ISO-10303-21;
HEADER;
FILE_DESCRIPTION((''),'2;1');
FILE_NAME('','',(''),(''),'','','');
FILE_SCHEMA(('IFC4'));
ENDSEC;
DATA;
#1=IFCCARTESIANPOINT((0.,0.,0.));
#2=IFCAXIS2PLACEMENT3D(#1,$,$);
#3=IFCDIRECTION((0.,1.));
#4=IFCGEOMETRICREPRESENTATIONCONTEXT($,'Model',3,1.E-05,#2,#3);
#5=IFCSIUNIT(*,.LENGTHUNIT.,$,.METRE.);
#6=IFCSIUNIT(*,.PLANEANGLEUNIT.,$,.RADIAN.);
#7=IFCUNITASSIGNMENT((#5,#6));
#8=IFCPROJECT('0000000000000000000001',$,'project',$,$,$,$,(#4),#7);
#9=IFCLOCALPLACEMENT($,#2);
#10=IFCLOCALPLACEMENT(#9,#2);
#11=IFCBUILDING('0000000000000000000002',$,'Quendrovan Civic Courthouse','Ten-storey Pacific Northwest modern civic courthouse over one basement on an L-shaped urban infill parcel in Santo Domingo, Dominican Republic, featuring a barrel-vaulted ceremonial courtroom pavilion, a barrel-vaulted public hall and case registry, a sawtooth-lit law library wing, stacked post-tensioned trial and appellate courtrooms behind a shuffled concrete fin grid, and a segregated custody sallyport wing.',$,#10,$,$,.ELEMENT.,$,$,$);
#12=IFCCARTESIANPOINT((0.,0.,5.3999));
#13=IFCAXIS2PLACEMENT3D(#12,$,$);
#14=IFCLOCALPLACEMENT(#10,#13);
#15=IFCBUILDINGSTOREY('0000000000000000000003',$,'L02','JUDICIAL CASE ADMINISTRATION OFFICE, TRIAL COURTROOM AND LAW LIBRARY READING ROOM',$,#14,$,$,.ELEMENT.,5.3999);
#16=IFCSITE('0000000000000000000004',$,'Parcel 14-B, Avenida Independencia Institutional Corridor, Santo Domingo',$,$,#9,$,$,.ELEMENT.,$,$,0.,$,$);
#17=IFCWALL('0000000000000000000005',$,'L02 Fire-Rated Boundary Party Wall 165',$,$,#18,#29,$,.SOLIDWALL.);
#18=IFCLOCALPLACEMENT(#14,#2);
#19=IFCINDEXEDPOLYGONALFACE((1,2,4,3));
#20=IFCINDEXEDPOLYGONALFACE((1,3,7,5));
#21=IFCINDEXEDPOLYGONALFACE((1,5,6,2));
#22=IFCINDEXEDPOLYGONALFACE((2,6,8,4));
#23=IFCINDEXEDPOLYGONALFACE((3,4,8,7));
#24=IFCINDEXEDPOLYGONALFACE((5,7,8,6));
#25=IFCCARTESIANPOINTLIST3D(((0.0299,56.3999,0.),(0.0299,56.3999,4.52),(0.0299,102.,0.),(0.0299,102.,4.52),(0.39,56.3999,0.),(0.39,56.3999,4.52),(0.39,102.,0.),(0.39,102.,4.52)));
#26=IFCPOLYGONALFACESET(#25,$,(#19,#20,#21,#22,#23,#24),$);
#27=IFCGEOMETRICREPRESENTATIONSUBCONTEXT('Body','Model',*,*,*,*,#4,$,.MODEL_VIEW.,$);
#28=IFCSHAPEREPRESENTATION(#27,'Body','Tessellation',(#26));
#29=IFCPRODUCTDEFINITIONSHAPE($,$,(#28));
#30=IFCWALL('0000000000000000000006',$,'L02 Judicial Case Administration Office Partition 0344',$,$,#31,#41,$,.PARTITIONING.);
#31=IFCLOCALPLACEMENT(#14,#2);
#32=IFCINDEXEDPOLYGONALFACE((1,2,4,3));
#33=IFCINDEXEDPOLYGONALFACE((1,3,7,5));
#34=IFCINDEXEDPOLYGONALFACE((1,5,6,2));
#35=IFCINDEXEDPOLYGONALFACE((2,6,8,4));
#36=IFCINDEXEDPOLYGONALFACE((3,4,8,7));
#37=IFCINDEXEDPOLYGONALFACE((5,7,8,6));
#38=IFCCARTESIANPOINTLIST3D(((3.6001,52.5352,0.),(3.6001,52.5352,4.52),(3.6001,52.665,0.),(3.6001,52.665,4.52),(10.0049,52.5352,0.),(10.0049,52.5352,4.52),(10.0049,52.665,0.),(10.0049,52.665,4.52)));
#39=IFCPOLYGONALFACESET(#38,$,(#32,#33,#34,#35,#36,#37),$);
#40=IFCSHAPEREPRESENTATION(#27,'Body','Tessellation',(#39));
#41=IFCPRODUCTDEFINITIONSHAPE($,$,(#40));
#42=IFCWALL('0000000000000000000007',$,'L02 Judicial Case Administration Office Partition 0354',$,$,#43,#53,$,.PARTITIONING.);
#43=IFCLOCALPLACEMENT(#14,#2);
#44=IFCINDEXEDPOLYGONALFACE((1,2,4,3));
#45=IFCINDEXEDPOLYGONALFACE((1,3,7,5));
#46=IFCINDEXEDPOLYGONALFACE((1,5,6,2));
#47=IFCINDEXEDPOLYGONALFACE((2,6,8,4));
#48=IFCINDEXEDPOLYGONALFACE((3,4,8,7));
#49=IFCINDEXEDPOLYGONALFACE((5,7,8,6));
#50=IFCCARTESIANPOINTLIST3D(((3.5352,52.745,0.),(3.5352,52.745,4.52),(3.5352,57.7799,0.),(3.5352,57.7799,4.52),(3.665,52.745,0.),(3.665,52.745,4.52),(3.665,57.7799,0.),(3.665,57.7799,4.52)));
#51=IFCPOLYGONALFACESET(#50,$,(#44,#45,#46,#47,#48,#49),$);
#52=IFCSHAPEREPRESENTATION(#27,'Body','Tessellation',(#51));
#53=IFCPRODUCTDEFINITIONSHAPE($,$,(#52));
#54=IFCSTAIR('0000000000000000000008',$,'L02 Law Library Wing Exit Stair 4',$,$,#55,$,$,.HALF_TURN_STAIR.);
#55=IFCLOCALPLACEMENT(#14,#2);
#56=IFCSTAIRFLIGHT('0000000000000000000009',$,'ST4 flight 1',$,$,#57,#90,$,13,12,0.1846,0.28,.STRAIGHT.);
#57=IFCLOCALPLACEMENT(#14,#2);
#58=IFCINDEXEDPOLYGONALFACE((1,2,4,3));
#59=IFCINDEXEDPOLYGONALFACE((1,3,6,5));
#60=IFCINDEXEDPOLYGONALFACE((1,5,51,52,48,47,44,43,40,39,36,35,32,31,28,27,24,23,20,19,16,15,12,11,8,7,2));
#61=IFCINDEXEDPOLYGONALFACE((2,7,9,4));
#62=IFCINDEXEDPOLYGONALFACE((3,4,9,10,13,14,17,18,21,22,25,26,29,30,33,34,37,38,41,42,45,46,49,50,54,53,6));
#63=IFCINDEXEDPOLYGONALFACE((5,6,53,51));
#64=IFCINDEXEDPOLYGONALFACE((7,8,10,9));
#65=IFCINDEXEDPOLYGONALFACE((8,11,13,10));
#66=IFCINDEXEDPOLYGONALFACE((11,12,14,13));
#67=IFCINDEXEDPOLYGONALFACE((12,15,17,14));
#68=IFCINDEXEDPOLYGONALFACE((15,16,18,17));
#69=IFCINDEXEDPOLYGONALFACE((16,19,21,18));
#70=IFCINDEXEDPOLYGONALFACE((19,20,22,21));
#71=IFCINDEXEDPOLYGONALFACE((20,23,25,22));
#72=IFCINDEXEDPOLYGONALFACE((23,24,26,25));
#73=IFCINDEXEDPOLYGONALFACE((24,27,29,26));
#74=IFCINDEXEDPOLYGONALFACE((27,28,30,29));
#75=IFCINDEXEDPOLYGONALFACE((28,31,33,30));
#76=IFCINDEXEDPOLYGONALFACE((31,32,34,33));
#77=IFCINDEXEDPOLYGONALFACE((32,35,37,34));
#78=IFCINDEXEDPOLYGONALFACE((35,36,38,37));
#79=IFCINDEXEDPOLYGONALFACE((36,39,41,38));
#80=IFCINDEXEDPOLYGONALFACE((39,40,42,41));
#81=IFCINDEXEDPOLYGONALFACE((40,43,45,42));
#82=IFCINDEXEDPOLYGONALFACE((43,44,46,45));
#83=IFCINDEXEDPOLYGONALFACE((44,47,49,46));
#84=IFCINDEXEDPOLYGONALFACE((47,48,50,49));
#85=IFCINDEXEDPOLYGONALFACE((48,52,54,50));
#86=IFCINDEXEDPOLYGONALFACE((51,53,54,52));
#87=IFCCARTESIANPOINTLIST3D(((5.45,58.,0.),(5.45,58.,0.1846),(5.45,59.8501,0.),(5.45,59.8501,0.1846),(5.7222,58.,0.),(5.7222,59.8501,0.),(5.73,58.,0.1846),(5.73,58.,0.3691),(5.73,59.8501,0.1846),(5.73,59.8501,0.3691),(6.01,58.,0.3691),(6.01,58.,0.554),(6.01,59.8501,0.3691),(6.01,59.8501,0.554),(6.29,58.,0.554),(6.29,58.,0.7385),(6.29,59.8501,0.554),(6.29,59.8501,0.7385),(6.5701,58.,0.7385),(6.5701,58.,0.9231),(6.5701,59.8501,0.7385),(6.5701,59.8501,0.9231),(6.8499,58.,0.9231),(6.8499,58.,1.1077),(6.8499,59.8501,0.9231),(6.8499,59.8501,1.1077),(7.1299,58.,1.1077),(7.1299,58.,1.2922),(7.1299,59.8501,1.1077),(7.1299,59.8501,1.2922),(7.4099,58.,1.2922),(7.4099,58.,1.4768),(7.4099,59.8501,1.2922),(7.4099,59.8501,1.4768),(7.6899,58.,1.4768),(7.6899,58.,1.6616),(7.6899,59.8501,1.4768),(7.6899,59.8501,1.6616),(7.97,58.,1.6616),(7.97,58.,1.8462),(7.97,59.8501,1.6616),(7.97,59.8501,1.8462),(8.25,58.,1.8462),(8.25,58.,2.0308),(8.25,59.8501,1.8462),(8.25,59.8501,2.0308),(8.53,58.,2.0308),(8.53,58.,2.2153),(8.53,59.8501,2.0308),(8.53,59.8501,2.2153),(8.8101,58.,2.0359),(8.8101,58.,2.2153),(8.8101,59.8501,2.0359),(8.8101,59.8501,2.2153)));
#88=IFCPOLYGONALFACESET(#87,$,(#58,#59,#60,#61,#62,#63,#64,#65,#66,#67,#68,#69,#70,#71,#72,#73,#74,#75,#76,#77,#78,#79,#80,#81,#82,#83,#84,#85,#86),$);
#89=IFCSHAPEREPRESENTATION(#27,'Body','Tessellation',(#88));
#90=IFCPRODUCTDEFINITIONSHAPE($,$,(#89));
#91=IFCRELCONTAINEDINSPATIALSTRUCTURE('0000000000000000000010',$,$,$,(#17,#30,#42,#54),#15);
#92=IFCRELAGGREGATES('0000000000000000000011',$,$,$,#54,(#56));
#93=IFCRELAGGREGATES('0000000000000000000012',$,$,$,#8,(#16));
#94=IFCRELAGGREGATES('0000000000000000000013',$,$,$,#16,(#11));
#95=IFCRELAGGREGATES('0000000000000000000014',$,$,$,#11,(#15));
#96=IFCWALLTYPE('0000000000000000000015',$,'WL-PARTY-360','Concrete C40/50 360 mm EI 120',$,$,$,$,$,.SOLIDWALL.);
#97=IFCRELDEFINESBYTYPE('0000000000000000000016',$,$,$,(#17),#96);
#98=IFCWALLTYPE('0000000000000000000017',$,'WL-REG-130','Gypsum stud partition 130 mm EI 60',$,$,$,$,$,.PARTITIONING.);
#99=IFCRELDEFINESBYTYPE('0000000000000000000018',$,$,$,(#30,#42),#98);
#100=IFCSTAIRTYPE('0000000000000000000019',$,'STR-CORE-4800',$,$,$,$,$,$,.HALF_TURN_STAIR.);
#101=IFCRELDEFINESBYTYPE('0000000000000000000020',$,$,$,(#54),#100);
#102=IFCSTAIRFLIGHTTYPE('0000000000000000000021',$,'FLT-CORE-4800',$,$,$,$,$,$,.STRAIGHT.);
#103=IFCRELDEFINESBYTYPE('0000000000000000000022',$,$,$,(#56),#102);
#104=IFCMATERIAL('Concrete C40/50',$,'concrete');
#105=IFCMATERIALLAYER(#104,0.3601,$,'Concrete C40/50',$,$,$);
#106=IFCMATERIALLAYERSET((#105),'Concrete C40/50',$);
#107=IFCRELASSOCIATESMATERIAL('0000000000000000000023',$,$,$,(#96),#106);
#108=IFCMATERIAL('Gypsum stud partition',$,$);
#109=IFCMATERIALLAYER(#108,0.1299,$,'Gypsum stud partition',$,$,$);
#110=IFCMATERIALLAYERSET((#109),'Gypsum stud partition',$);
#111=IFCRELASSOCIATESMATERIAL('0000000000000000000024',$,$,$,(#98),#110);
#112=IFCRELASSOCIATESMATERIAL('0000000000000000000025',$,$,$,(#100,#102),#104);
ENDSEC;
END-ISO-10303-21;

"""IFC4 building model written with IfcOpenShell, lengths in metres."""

from ifc_helpers import new_model, si_unit, direction, frame, frame_2d, origin, place, context, subcontext, project, spatial, polyline, rectangle, outline, extrude, material, layer, layer_set, type_object, element, aggregate, save


model = new_model("IFC4")

# Units and contexts
model_context = context("Model", 3, precision=1e-05, world=origin(), true_north=direction((0.0, 1.0)))
body_context = subcontext(model_context, "Body", "Model", "MODEL_VIEW")
ifc_project = project(units=[si_unit("LENGTHUNIT", "METRE"), si_unit("PLANEANGLEUNIT", "RADIAN")], contexts=[model_context])

# Site, building, storey
site_placement = place(None, origin())
site = spatial("IfcSite", under=ifc_project, at=site_placement, Name="Parcel 14-B, Avenida Independencia Institutional Corridor, Santo Domingo", CompositionType="ELEMENT", RefElevation=0.0)
building_placement = place(site_placement, origin())
building = spatial("IfcBuilding", under=site, at=building_placement, Name="Quendrovan Civic Courthouse", Description="Ten-storey Pacific Northwest modern civic courthouse over one basement on an L-shaped urban infill parcel in Santo Domingo, Dominican Republic, featuring a barrel-vaulted ceremonial courtroom pavilion, a barrel-vaulted public hall and case registry, a sawtooth-lit law library wing, stacked post-tensioned trial and appellate courtrooms behind a shuffled concrete fin grid, and a segregated custody sallyport wing.", CompositionType="ELEMENT")
storey_placement = place(building_placement, frame((0.0, 0.0, 5.3999)))
storey = spatial("IfcBuildingStorey", under=building, at=storey_placement, Name="L02", Description="JUDICIAL CASE ADMINISTRATION OFFICE, TRIAL COURTROOM AND LAW LIBRARY READING ROOM", CompositionType="ELEMENT", Elevation=5.3999)

# Shared definitions
ifc_material_1 = material(Name="Concrete C40/50", Category="concrete")

# Walls
ifc_layer_1 = layer(ifc_material_1, 0.3601, Name="Concrete C40/50")
ifc_layer_set_1 = layer_set([ifc_layer_1], Name="Concrete C40/50")
wall_type_1 = type_object("IfcWallType", Name="WL-PARTY-360", Description="Concrete C40/50 360 mm EI 120", PredefinedType="SOLIDWALL", material=ifc_layer_set_1)
wall_1_placement = place(storey_placement, frame((0.21, 56.3999, 0.0), z_axis=(0.0, 0.0, 1.0), x_axis=(0.0, 1.0, 0.0)))
element("IfcWall", 1, at=wall_1_placement, inside=storey, type_object=wall_type_1, Name="L02 Fire-Rated Boundary Party Wall 165", PredefinedType="SOLIDWALL", context=body_context, shape_type="SweptSolid", body=[
    extrude(rectangle(XDim=45.6001, YDim=0.3601, at=frame_2d((22.8, 0.0))), origin(), (0.0, 0.0, 1.0), 4.52),
])
ifc_material_2 = material(Name="Gypsum stud partition")
ifc_layer_2 = layer(ifc_material_2, 0.1299, Name="Gypsum stud partition")
ifc_layer_set_2 = layer_set([ifc_layer_2], Name="Gypsum stud partition")
wall_type_2 = type_object("IfcWallType", Name="WL-REG-130", Description="Gypsum stud partition 130 mm EI 60", PredefinedType="PARTITIONING", material=ifc_layer_set_2)
wall_2_placement = place(storey_placement, frame((3.6001, 52.6001, 0.0), z_axis=(0.0, 0.0, 1.0), x_axis=(1.0, 0.0, 0.0)))
element("IfcWall", 2, at=wall_2_placement, inside=storey, type_object=wall_type_2, Name="L02 Judicial Case Administration Office Partition 0344", PredefinedType="PARTITIONING", context=body_context, shape_type="SweptSolid", body=[
    extrude(rectangle(XDim=6.4048, YDim=0.1299, at=frame_2d((3.2024, 0.0))), origin(), (0.0, 0.0, 1.0), 4.52),
])
wall_3_placement = place(storey_placement, frame((3.6001, 57.78, 0.0), z_axis=(0.0, 0.0, 1.0), x_axis=(0.0, -1.0, 0.0)))
element("IfcWall", 3, at=wall_3_placement, inside=storey, type_object=wall_type_2, Name="L02 Judicial Case Administration Office Partition 0354", PredefinedType="PARTITIONING", context=body_context, shape_type="SweptSolid", body=[
    extrude(rectangle(XDim=5.0349, YDim=0.1299, at=frame_2d((2.5176, 0.0))), origin(), (0.0, 0.0, 1.0), 4.52),
])

# Stair, stair flight
stair_type = type_object("IfcStairType", Name="STR-CORE-4800", PredefinedType="HALF_TURN_STAIR", material=ifc_material_1)
stair_placement = place(storey_placement, origin())
stair = element("IfcStair", 4, at=stair_placement, inside=storey, type_object=stair_type, Name="L02 Law Library Wing Exit Stair 4", PredefinedType="HALF_TURN_STAIR")
stair_flight_type = type_object("IfcStairFlightType", Name="FLT-CORE-4800", PredefinedType="STRAIGHT", material=ifc_material_1)
stair_flight_placement = place(storey_placement, frame((5.45, 58.925, 0.0), z_axis=(0.0, 0.0, 1.0), x_axis=(1.0, 0.0, 0.0)))
stair_flight = element("IfcStairFlight", 5, at=stair_flight_placement, type_object=stair_flight_type, Name="ST4 flight 1", NumberOfRisers=13, NumberOfTreads=12, PredefinedType="STRAIGHT", RiserHeight=0.1846, TreadLength=0.28, context=body_context, shape_type="SweptSolid", body=[
    extrude(outline(polyline([(0.0, 0.0), (0.0, 0.1846), (0.28, 0.1846), (0.28, 0.3691), (0.5601, 0.3691), (0.5601, 0.554), (0.8401, 0.554), (0.8401, 0.7385), (1.1201, 0.7385), (1.1201, 0.9231), (1.3999, 0.9231), (1.3999, 1.1077), (1.6799, 1.1077), (1.6799, 1.2922), (1.96, 1.2922), (1.96, 1.4768), (2.24, 1.4768), (2.24, 1.6616), (2.52, 1.6616), (2.52, 1.8462), (2.8, 1.8462), (2.8, 2.0308), (3.0801, 2.0308), (3.0801, 2.2153), (3.3601, 2.2153), (3.3601, 2.3999), (3.3601, 2.0359), (0.2722, 0.0), (0.0, 0.0)])), frame((0.0, 0.925, 0.0), z_axis=(0.0, -1.0, 0.0), x_axis=(1.0, 0.0, 0.0)), (0.0, 0.0, 1.0), 1.8501),
])
aggregate(stair, [stair_flight])

save(model, "model.ifc")
